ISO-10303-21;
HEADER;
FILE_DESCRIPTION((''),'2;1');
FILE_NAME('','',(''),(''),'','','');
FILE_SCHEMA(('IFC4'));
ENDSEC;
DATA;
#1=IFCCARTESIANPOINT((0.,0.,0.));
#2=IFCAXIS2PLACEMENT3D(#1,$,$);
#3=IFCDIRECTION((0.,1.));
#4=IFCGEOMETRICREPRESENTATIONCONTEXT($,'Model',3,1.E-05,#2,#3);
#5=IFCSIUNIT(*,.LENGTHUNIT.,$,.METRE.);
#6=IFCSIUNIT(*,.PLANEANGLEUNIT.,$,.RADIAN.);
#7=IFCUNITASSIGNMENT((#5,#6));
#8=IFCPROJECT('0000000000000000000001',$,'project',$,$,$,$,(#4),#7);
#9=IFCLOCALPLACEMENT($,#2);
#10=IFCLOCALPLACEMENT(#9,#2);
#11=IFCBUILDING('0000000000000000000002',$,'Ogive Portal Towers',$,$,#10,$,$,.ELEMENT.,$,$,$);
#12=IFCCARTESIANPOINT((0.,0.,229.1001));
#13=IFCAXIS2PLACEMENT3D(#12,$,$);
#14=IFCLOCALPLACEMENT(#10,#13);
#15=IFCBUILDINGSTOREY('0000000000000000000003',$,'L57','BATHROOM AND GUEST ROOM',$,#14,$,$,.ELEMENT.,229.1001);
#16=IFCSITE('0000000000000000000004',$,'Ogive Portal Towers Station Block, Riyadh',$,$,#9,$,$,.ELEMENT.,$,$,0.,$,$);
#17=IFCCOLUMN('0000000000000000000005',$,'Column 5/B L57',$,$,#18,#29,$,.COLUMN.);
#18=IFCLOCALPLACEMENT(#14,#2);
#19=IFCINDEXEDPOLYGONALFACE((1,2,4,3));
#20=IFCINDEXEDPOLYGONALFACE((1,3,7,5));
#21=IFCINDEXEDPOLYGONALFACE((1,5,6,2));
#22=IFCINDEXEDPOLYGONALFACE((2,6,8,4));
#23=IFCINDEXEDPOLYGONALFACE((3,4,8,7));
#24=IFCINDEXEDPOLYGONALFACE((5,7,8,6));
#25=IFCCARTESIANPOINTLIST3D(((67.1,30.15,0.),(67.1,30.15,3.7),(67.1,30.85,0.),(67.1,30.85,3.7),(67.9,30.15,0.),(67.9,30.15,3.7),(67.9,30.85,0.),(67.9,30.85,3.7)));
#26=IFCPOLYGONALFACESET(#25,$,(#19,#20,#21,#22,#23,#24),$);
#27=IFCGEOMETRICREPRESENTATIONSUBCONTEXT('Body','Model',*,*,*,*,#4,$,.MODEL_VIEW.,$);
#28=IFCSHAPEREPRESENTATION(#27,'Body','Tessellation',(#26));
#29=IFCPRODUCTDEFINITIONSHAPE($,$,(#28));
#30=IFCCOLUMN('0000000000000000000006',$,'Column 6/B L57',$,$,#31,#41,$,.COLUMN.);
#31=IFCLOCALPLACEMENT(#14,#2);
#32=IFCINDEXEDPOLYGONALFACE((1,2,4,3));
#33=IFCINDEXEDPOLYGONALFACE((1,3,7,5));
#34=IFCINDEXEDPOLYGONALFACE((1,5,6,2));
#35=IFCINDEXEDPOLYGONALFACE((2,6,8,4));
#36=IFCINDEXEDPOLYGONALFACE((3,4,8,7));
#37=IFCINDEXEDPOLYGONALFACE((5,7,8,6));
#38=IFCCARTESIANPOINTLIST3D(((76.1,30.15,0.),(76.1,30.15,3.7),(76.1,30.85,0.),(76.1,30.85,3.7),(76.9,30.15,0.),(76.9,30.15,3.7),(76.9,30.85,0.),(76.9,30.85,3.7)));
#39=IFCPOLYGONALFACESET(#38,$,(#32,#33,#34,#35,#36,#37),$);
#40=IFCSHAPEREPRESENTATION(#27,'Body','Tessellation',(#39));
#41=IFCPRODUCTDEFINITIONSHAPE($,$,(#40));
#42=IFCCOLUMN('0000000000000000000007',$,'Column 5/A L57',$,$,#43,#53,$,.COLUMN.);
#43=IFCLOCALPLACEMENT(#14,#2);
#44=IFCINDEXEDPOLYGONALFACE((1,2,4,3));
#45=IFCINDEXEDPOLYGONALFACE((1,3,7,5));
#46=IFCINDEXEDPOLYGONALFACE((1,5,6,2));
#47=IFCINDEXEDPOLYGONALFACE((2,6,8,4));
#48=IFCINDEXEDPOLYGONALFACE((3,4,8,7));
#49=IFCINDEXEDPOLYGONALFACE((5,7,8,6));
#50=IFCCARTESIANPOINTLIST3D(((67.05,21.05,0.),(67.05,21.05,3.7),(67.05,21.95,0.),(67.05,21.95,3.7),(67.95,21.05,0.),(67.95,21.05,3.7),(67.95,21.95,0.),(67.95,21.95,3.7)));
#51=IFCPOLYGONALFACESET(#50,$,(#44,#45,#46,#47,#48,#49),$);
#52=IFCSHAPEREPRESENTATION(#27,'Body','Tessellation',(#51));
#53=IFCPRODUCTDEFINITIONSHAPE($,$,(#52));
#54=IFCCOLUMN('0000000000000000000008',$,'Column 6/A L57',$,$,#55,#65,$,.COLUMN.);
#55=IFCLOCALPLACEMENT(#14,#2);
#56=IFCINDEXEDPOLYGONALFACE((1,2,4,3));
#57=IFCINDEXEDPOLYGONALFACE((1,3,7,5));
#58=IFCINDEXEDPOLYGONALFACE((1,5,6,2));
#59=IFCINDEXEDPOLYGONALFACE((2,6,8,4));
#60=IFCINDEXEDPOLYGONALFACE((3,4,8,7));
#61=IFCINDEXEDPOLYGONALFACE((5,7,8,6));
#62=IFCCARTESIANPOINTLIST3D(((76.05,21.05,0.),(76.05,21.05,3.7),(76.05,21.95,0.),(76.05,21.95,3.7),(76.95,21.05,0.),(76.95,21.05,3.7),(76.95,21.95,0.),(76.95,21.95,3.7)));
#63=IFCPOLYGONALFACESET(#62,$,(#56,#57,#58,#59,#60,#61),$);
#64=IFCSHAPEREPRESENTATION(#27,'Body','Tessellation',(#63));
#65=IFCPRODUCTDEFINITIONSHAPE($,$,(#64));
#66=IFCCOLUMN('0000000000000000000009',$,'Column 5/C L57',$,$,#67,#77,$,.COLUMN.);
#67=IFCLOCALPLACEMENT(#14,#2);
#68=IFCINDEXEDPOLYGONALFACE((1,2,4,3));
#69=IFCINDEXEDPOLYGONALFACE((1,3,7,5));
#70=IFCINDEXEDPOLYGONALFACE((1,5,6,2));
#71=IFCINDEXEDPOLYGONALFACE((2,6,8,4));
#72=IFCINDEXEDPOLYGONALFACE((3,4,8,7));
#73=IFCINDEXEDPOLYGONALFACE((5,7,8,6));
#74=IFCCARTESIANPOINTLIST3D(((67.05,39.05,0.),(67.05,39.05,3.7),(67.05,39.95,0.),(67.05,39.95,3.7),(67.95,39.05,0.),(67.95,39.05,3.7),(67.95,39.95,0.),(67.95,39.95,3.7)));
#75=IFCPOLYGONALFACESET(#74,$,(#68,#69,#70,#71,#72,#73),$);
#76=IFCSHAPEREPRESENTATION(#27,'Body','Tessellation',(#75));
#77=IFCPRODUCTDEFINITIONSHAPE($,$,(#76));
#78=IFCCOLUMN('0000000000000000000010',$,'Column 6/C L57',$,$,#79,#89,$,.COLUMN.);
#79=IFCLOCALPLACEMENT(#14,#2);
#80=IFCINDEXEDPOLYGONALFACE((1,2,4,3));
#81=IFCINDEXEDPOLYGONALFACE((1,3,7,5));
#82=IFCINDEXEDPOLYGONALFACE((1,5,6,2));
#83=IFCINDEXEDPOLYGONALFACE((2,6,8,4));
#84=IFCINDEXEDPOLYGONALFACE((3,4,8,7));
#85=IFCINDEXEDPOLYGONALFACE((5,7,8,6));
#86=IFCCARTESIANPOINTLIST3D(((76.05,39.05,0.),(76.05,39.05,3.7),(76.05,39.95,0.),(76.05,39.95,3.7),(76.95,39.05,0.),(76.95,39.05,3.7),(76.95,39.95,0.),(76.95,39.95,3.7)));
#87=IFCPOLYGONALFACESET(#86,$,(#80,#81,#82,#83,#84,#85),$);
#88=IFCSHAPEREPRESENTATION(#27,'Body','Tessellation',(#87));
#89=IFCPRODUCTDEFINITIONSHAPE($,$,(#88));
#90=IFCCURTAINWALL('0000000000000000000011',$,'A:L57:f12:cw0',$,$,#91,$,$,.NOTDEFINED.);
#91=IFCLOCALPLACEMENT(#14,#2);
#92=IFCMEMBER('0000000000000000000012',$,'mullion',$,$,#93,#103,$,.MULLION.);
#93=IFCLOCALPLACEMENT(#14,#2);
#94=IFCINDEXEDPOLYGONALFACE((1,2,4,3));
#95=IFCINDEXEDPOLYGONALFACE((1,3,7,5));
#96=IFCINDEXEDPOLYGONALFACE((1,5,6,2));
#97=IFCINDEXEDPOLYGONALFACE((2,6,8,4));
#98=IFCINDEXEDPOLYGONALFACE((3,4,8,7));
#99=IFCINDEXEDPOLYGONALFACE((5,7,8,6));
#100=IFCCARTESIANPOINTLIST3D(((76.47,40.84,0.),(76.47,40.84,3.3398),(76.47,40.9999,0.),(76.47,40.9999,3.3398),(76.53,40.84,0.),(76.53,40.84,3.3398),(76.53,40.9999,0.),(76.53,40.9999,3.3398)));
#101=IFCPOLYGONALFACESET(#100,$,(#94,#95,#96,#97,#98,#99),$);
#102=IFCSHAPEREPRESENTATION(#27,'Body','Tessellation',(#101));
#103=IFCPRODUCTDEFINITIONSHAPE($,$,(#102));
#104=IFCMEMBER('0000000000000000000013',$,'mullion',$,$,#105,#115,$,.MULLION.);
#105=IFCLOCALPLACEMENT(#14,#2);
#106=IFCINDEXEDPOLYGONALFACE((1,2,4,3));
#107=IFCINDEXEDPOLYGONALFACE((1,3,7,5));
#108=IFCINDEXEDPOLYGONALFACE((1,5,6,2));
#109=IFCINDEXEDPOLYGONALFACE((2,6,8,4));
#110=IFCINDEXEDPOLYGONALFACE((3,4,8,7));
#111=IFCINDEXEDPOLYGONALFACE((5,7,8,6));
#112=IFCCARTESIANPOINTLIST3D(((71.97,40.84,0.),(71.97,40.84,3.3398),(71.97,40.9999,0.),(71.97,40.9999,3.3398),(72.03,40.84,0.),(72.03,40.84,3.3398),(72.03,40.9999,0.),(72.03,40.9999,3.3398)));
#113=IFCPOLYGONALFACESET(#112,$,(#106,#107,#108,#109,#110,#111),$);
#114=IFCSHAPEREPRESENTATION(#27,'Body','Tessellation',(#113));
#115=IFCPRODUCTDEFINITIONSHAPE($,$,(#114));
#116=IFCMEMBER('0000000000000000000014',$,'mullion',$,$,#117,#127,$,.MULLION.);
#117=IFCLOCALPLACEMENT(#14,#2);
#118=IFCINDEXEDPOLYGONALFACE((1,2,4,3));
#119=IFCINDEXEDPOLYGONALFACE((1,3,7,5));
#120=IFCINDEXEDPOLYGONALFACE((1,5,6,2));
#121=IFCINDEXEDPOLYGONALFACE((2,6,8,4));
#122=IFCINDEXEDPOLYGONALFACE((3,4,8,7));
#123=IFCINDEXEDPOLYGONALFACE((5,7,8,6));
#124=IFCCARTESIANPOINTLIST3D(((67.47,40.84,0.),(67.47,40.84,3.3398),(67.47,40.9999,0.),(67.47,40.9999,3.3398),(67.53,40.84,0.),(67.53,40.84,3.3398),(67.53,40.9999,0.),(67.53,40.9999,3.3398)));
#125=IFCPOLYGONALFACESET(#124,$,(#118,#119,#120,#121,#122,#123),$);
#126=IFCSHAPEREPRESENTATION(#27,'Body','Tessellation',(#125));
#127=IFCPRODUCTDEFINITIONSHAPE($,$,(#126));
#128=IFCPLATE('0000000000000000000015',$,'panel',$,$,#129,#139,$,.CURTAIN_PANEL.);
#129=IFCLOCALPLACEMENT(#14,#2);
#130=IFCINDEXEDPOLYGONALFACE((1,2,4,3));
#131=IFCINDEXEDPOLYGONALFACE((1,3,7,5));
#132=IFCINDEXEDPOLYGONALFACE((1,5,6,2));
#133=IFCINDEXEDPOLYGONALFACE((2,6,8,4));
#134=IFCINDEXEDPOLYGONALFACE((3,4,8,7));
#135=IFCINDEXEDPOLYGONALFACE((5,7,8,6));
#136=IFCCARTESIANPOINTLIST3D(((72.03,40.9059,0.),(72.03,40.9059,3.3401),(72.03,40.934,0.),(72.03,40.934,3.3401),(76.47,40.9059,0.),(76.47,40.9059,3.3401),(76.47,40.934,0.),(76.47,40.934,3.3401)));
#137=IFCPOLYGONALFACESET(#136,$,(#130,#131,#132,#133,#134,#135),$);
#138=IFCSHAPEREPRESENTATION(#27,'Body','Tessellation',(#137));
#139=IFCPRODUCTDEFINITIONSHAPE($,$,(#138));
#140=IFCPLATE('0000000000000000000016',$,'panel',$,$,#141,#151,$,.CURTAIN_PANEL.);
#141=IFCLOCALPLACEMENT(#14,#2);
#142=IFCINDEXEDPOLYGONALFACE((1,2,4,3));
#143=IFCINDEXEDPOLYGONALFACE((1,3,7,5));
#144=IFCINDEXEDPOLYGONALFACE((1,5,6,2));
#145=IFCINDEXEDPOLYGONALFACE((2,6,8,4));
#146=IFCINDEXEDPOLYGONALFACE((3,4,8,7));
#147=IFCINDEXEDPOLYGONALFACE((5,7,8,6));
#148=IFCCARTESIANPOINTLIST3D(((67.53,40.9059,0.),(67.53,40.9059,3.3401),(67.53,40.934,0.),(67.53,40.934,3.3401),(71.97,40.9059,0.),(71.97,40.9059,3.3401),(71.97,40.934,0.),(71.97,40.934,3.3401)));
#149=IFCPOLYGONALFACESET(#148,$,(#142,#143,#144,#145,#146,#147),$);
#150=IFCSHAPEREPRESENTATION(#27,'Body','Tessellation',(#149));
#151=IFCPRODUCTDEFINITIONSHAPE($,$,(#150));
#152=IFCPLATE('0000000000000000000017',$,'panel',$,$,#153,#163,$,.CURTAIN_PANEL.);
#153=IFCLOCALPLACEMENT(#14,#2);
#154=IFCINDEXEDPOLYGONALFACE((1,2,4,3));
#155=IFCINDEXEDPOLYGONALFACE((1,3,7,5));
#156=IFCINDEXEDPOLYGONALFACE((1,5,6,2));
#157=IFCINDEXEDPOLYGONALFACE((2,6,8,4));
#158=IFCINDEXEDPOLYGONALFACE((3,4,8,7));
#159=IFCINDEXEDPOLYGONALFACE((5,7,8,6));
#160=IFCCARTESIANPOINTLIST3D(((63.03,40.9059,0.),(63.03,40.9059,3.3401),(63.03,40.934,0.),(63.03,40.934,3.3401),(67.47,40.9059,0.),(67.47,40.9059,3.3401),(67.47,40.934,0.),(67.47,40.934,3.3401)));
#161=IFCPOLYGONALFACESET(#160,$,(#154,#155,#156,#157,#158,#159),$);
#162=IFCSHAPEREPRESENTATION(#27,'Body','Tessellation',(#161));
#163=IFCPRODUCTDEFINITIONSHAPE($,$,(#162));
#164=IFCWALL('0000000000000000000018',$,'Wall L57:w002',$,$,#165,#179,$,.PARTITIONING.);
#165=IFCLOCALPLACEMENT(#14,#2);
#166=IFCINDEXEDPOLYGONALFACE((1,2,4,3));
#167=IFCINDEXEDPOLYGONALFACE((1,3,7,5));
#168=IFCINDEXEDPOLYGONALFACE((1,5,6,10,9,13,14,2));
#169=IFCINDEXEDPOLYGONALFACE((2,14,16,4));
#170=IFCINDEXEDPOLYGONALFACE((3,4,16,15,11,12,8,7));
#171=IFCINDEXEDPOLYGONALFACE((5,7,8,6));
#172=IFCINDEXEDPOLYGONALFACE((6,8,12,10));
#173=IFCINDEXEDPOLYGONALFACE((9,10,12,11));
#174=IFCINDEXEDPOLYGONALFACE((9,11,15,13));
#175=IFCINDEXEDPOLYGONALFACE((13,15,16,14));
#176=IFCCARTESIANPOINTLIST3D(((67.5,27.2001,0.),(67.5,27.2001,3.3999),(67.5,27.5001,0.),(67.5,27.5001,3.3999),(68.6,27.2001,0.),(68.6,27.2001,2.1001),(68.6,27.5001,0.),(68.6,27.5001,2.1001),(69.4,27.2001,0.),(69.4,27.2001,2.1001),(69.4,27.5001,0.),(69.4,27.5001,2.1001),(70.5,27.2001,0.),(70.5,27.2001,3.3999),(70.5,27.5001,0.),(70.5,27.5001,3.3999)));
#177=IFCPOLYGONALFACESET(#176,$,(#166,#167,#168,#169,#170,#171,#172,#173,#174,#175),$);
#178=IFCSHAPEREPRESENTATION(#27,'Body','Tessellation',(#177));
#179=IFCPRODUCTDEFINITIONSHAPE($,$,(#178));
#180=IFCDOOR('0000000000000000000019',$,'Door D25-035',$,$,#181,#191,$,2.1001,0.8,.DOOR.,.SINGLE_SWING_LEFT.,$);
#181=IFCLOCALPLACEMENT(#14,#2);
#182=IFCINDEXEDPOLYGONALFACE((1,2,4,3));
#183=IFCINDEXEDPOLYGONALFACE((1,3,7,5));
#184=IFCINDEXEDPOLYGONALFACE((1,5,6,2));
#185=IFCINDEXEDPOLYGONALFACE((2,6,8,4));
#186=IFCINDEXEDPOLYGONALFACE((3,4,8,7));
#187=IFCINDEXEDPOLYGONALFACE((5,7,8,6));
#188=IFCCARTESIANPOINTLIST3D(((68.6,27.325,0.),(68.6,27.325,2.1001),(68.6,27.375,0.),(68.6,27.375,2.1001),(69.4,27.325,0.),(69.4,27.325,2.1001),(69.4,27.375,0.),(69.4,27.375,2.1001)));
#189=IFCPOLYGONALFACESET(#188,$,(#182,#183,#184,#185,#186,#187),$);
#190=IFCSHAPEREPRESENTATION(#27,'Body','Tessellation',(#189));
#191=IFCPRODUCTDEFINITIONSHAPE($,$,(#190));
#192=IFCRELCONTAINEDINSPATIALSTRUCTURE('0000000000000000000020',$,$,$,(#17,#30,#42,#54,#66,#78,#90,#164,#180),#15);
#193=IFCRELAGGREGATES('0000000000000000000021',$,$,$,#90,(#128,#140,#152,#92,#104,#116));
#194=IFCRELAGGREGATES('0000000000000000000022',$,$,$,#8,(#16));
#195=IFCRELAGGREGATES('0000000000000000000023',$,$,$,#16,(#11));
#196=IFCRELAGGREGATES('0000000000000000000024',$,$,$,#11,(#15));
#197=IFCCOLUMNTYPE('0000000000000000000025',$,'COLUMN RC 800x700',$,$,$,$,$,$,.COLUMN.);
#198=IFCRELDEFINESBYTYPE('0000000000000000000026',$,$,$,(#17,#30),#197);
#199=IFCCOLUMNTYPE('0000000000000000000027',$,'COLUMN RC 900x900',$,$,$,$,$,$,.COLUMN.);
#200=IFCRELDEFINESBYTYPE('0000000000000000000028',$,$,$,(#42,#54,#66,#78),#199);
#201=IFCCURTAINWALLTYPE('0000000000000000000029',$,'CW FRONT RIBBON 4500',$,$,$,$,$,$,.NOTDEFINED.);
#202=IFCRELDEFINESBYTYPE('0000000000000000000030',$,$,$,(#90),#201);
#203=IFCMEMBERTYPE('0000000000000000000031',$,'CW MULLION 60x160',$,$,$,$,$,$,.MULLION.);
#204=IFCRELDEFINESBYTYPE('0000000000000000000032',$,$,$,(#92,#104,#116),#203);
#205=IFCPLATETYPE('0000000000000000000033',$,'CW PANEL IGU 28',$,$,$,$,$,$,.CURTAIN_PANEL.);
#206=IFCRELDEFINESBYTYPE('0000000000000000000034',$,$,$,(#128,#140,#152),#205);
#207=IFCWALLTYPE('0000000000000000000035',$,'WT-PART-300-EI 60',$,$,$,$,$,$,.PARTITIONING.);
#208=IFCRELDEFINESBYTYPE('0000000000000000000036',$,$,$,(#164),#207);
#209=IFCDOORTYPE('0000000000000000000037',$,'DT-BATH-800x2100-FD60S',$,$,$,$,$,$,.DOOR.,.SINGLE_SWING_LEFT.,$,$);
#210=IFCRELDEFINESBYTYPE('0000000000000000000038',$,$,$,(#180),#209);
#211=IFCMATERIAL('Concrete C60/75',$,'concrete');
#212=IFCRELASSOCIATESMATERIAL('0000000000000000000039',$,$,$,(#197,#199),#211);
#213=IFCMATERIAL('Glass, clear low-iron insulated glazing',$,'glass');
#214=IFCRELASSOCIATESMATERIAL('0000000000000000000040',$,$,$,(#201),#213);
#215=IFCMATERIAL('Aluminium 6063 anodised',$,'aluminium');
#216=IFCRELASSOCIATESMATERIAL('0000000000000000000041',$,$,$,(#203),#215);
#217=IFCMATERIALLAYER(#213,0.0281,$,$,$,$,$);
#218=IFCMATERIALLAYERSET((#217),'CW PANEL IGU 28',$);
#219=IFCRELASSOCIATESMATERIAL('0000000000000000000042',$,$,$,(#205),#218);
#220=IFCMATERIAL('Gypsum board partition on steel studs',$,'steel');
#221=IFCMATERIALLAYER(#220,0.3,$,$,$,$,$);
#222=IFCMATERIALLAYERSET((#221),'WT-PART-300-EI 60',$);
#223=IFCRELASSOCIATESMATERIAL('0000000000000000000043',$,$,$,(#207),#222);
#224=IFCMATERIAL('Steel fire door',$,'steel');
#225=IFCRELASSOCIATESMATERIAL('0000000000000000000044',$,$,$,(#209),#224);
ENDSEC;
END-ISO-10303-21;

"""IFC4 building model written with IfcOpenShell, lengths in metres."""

from ifc_helpers import new_model, si_unit, direction, frame, frame_2d, origin, origin_2d, place, context, subcontext, project, spatial, rectangle, extrude, material, layer, layer_set, material_profile, profile_set, type_object, element, fill, aggregate, save


model = new_model("IFC4")

# Units and contexts
model_context = context("Model", 3, precision=1e-05, world=origin(), true_north=direction((0.0, 1.0)))
body_context = subcontext(model_context, "Body", "Model", "MODEL_VIEW")
ifc_project = project(units=[si_unit("LENGTHUNIT", "METRE"), si_unit("PLANEANGLEUNIT", "RADIAN")], contexts=[model_context])

# Site, building, storey
site_placement = place(None, origin())
site = spatial("IfcSite", under=ifc_project, at=site_placement, Name="Ogive Portal Towers Station Block, Riyadh", CompositionType="ELEMENT", RefElevation=0.0)
building_placement = place(site_placement, origin())
building = spatial("IfcBuilding", under=site, at=building_placement, Name="Ogive Portal Towers", CompositionType="ELEMENT")
storey_placement = place(building_placement, frame((0.0, 0.0, 229.1001)))
storey = spatial("IfcBuildingStorey", under=building, at=storey_placement, Name="L57", Description="BATHROOM AND GUEST ROOM", CompositionType="ELEMENT", Elevation=229.1001)

# Columns
ifc_material_1 = material(Name="Concrete C60/75", Category="concrete")
ifc_material_profile_1 = material_profile(ifc_material_1, rectangle(XDim=0.8, YDim=0.7, at=origin_2d()), Name="RC 800x700")
ifc_profile_set_1 = profile_set([ifc_material_profile_1], Name="Concrete C60/75")
column_type_1 = type_object("IfcColumnType", Name="COLUMN RC 800x700", PredefinedType="COLUMN", material=ifc_profile_set_1)
for number, where, z_axis, x_axis, name in (
    (1, (67.5, 30.5, 0.0), (0.0, 0.0, 1.0), (1.0, 0.0, 0.0), "Column 5/B L57"),
    (2, (76.5, 30.5, 0.0), (0.0, 0.0, 1.0), (1.0, 0.0, 0.0), "Column 6/B L57"),
):
    element("IfcColumn", number, at=place(storey_placement, frame(where, z_axis=z_axis, x_axis=x_axis)), inside=storey, type_object=column_type_1, Name=name, PredefinedType="COLUMN", context=body_context, shape_type="SweptSolid", body=[
        extrude(rectangle(XDim=0.8, YDim=0.7, at=origin_2d()), origin(), (0.0, 0.0, 1.0), 3.7),
    ])
ifc_material_profile_2 = material_profile(ifc_material_1, rectangle(XDim=0.8999, YDim=0.8999, at=origin_2d()), Name="RC 900x900")
ifc_profile_set_2 = profile_set([ifc_material_profile_2], Name="Concrete C60/75")
column_type_2 = type_object("IfcColumnType", Name="COLUMN RC 900x900", PredefinedType="COLUMN", material=ifc_profile_set_2)
for number, where, z_axis, x_axis, name in (
    (3, (67.5, 21.5, 0.0), (0.0, 0.0, 1.0), (1.0, 0.0, 0.0), "Column 5/A L57"),
    (4, (76.5, 21.5, 0.0), (0.0, 0.0, 1.0), (1.0, 0.0, 0.0), "Column 6/A L57"),
    (5, (67.5, 39.5, 0.0), (0.0, 0.0, 1.0), (1.0, 0.0, 0.0), "Column 5/C L57"),
    (6, (76.5, 39.5, 0.0), (0.0, 0.0, 1.0), (1.0, 0.0, 0.0), "Column 6/C L57"),
):
    element("IfcColumn", number, at=place(storey_placement, frame(where, z_axis=z_axis, x_axis=x_axis)), inside=storey, type_object=column_type_2, Name=name, PredefinedType="COLUMN", context=body_context, shape_type="SweptSolid", body=[
        extrude(rectangle(XDim=0.8999, YDim=0.8999, at=origin_2d()), origin(), (0.0, 0.0, 1.0), 3.7),
    ])

# Curtain wall, members, plates
ifc_material_2 = material(Name="Glass, clear low-iron insulated glazing", Category="glass")
curtain_wall_type = type_object("IfcCurtainWallType", Name="CW FRONT RIBBON 4500", PredefinedType="NOTDEFINED", material=ifc_material_2)
curtain_wall_placement = place(storey_placement, origin())
curtain_wall = element("IfcCurtainWall", 7, at=curtain_wall_placement, inside=storey, type_object=curtain_wall_type, Name="A:L57:f12:cw0", PredefinedType="NOTDEFINED")
ifc_material_3 = material(Name="Aluminium 6063 anodised", Category="aluminium")
ifc_material_profile_3 = material_profile(ifc_material_3, rectangle(XDim=0.1599, YDim=0.0601, at=origin_2d()), Name="AL 60x160")
ifc_profile_set_3 = profile_set([ifc_material_profile_3], Name="Aluminium 6063 anodised")
member_type = type_object("IfcMemberType", Name="CW MULLION 60x160", PredefinedType="MULLION", material=ifc_profile_set_3)
member_1_placement = place(storey_placement, frame((76.5, 40.9199, 0.0), z_axis=(0.0, 0.0, 1.0), x_axis=(0.0, -1.0, 0.0)))
member_1 = element("IfcMember", 8, at=member_1_placement, type_object=member_type, Name="mullion", PredefinedType="MULLION", context=body_context, shape_type="SweptSolid", body=[
    extrude(rectangle(XDim=0.1599, YDim=0.0601, at=origin_2d()), origin(), (0.0, 0.0, 1.0), 3.3398),
])
member_2_placement = place(storey_placement, frame((72.0, 40.9199, 0.0), z_axis=(0.0, 0.0, 1.0), x_axis=(0.0, -1.0, 0.0)))
member_2 = element("IfcMember", 9, at=member_2_placement, type_object=member_type, Name="mullion", PredefinedType="MULLION", context=body_context, shape_type="SweptSolid", body=[
    extrude(rectangle(XDim=0.1599, YDim=0.0601, at=origin_2d()), origin(), (0.0, 0.0, 1.0), 3.3398),
])
member_3_placement = place(storey_placement, frame((67.5, 40.9199, 0.0), z_axis=(0.0, 0.0, 1.0), x_axis=(0.0, -1.0, 0.0)))
member_3 = element("IfcMember", 10, at=member_3_placement, type_object=member_type, Name="mullion", PredefinedType="MULLION", context=body_context, shape_type="SweptSolid", body=[
    extrude(rectangle(XDim=0.1599, YDim=0.0601, at=origin_2d()), origin(), (0.0, 0.0, 1.0), 3.3398),
])
ifc_layer_1 = layer(ifc_material_2, 0.0281)
ifc_layer_set_1 = layer_set([ifc_layer_1], Name="CW PANEL IGU 28")
plate_type = type_object("IfcPlateType", Name="CW PANEL IGU 28", PredefinedType="CURTAIN_PANEL", material=ifc_layer_set_1)
plate_1_placement = place(storey_placement, frame((74.25, 40.9199, 0.0), z_axis=(0.0, 0.0, 1.0), x_axis=(-1.0, 0.0, 0.0)))
plate_1 = element("IfcPlate", 11, at=plate_1_placement, type_object=plate_type, Name="panel", PredefinedType="CURTAIN_PANEL", context=body_context, shape_type="SweptSolid", body=[
    extrude(rectangle(XDim=4.4399, YDim=0.0281, at=origin_2d()), origin(), (0.0, 0.0, 1.0), 3.3401),
])
plate_2_placement = place(storey_placement, frame((69.75, 40.9199, 0.0), z_axis=(0.0, 0.0, 1.0), x_axis=(-1.0, 0.0, 0.0)))
plate_2 = element("IfcPlate", 12, at=plate_2_placement, type_object=plate_type, Name="panel", PredefinedType="CURTAIN_PANEL", context=body_context, shape_type="SweptSolid", body=[
    extrude(rectangle(XDim=4.4399, YDim=0.0281, at=origin_2d()), origin(), (0.0, 0.0, 1.0), 3.3401),
])
plate_3_placement = place(storey_placement, frame((65.25, 40.9199, 0.0), z_axis=(0.0, 0.0, 1.0), x_axis=(-1.0, 0.0, 0.0)))
plate_3 = element("IfcPlate", 13, at=plate_3_placement, type_object=plate_type, Name="panel", PredefinedType="CURTAIN_PANEL", context=body_context, shape_type="SweptSolid", body=[
    extrude(rectangle(XDim=4.4399, YDim=0.0281, at=origin_2d()), origin(), (0.0, 0.0, 1.0), 3.3401),
])
aggregate(curtain_wall, [plate_1, plate_2, plate_3, member_1, member_2, member_3])

# Wall, opening, door
ifc_material_4 = material(Name="Gypsum board partition on steel studs", Category="steel")
ifc_layer_2 = layer(ifc_material_4, 0.3)
ifc_layer_set_2 = layer_set([ifc_layer_2], Name="WT-PART-300-EI 60")
wall_type = type_object("IfcWallType", Name="WT-PART-300-EI 60", PredefinedType="PARTITIONING", material=ifc_layer_set_2)
wall_1_placement = place(storey_placement, frame((67.5, 27.3501, 0.0), z_axis=(0.0, 0.0, 1.0), x_axis=(1.0, 0.0, 0.0)))
wall_1 = element("IfcWall", 14, at=wall_1_placement, inside=storey, type_object=wall_type, Name="Wall L57:w002", PredefinedType="PARTITIONING", context=body_context, shape_type="SweptSolid", body=[
    extrude(rectangle(XDim=3.0, YDim=0.3, at=frame_2d((1.5, 0.0))), origin(), (0.0, 0.0, 1.0), 3.3999),
])
opening_1_placement = place(wall_1_placement, frame((1.1001, 0.0, 0.0)))
opening_1 = element("IfcOpeningElement", 15, at=opening_1_placement, cuts=wall_1, PredefinedType="OPENING", context=body_context, shape_type="SweptSolid", body=[
    extrude(rectangle(XDim=0.8, YDim=2.1001, at=frame_2d((0.3999, 1.05))), frame((0.0, 0.1602, 0.0), z_axis=(0.0, -1.0, 0.0), x_axis=(1.0, 0.0, 0.0)), (0.0, 0.0, 1.0), 0.3201),
])
ifc_material_5 = material(Name="Steel fire door", Category="steel")
door_type = type_object("IfcDoorType", Name="DT-BATH-800x2100-FD60S", OperationType="SINGLE_SWING_LEFT", PredefinedType="DOOR", material=ifc_material_5)
door_1_placement = place(opening_1_placement, origin())
door_1 = element("IfcDoor", 16, at=door_1_placement, inside=storey, type_object=door_type, Name="Door D25-035", OperationType="SINGLE_SWING_LEFT", OverallHeight=2.1001, OverallWidth=0.8, PredefinedType="DOOR", context=body_context, shape_type="SweptSolid", body=[
    extrude(rectangle(XDim=0.8, YDim=2.1001, at=frame_2d((0.3999, 1.05))), frame((0.0, 0.0249, 0.0), z_axis=(0.0, -1.0, 0.0), x_axis=(1.0, 0.0, 0.0)), (0.0, 0.0, 1.0), 0.05),
])
fill(opening_1, door_1)

save(model, "model.ifc")
